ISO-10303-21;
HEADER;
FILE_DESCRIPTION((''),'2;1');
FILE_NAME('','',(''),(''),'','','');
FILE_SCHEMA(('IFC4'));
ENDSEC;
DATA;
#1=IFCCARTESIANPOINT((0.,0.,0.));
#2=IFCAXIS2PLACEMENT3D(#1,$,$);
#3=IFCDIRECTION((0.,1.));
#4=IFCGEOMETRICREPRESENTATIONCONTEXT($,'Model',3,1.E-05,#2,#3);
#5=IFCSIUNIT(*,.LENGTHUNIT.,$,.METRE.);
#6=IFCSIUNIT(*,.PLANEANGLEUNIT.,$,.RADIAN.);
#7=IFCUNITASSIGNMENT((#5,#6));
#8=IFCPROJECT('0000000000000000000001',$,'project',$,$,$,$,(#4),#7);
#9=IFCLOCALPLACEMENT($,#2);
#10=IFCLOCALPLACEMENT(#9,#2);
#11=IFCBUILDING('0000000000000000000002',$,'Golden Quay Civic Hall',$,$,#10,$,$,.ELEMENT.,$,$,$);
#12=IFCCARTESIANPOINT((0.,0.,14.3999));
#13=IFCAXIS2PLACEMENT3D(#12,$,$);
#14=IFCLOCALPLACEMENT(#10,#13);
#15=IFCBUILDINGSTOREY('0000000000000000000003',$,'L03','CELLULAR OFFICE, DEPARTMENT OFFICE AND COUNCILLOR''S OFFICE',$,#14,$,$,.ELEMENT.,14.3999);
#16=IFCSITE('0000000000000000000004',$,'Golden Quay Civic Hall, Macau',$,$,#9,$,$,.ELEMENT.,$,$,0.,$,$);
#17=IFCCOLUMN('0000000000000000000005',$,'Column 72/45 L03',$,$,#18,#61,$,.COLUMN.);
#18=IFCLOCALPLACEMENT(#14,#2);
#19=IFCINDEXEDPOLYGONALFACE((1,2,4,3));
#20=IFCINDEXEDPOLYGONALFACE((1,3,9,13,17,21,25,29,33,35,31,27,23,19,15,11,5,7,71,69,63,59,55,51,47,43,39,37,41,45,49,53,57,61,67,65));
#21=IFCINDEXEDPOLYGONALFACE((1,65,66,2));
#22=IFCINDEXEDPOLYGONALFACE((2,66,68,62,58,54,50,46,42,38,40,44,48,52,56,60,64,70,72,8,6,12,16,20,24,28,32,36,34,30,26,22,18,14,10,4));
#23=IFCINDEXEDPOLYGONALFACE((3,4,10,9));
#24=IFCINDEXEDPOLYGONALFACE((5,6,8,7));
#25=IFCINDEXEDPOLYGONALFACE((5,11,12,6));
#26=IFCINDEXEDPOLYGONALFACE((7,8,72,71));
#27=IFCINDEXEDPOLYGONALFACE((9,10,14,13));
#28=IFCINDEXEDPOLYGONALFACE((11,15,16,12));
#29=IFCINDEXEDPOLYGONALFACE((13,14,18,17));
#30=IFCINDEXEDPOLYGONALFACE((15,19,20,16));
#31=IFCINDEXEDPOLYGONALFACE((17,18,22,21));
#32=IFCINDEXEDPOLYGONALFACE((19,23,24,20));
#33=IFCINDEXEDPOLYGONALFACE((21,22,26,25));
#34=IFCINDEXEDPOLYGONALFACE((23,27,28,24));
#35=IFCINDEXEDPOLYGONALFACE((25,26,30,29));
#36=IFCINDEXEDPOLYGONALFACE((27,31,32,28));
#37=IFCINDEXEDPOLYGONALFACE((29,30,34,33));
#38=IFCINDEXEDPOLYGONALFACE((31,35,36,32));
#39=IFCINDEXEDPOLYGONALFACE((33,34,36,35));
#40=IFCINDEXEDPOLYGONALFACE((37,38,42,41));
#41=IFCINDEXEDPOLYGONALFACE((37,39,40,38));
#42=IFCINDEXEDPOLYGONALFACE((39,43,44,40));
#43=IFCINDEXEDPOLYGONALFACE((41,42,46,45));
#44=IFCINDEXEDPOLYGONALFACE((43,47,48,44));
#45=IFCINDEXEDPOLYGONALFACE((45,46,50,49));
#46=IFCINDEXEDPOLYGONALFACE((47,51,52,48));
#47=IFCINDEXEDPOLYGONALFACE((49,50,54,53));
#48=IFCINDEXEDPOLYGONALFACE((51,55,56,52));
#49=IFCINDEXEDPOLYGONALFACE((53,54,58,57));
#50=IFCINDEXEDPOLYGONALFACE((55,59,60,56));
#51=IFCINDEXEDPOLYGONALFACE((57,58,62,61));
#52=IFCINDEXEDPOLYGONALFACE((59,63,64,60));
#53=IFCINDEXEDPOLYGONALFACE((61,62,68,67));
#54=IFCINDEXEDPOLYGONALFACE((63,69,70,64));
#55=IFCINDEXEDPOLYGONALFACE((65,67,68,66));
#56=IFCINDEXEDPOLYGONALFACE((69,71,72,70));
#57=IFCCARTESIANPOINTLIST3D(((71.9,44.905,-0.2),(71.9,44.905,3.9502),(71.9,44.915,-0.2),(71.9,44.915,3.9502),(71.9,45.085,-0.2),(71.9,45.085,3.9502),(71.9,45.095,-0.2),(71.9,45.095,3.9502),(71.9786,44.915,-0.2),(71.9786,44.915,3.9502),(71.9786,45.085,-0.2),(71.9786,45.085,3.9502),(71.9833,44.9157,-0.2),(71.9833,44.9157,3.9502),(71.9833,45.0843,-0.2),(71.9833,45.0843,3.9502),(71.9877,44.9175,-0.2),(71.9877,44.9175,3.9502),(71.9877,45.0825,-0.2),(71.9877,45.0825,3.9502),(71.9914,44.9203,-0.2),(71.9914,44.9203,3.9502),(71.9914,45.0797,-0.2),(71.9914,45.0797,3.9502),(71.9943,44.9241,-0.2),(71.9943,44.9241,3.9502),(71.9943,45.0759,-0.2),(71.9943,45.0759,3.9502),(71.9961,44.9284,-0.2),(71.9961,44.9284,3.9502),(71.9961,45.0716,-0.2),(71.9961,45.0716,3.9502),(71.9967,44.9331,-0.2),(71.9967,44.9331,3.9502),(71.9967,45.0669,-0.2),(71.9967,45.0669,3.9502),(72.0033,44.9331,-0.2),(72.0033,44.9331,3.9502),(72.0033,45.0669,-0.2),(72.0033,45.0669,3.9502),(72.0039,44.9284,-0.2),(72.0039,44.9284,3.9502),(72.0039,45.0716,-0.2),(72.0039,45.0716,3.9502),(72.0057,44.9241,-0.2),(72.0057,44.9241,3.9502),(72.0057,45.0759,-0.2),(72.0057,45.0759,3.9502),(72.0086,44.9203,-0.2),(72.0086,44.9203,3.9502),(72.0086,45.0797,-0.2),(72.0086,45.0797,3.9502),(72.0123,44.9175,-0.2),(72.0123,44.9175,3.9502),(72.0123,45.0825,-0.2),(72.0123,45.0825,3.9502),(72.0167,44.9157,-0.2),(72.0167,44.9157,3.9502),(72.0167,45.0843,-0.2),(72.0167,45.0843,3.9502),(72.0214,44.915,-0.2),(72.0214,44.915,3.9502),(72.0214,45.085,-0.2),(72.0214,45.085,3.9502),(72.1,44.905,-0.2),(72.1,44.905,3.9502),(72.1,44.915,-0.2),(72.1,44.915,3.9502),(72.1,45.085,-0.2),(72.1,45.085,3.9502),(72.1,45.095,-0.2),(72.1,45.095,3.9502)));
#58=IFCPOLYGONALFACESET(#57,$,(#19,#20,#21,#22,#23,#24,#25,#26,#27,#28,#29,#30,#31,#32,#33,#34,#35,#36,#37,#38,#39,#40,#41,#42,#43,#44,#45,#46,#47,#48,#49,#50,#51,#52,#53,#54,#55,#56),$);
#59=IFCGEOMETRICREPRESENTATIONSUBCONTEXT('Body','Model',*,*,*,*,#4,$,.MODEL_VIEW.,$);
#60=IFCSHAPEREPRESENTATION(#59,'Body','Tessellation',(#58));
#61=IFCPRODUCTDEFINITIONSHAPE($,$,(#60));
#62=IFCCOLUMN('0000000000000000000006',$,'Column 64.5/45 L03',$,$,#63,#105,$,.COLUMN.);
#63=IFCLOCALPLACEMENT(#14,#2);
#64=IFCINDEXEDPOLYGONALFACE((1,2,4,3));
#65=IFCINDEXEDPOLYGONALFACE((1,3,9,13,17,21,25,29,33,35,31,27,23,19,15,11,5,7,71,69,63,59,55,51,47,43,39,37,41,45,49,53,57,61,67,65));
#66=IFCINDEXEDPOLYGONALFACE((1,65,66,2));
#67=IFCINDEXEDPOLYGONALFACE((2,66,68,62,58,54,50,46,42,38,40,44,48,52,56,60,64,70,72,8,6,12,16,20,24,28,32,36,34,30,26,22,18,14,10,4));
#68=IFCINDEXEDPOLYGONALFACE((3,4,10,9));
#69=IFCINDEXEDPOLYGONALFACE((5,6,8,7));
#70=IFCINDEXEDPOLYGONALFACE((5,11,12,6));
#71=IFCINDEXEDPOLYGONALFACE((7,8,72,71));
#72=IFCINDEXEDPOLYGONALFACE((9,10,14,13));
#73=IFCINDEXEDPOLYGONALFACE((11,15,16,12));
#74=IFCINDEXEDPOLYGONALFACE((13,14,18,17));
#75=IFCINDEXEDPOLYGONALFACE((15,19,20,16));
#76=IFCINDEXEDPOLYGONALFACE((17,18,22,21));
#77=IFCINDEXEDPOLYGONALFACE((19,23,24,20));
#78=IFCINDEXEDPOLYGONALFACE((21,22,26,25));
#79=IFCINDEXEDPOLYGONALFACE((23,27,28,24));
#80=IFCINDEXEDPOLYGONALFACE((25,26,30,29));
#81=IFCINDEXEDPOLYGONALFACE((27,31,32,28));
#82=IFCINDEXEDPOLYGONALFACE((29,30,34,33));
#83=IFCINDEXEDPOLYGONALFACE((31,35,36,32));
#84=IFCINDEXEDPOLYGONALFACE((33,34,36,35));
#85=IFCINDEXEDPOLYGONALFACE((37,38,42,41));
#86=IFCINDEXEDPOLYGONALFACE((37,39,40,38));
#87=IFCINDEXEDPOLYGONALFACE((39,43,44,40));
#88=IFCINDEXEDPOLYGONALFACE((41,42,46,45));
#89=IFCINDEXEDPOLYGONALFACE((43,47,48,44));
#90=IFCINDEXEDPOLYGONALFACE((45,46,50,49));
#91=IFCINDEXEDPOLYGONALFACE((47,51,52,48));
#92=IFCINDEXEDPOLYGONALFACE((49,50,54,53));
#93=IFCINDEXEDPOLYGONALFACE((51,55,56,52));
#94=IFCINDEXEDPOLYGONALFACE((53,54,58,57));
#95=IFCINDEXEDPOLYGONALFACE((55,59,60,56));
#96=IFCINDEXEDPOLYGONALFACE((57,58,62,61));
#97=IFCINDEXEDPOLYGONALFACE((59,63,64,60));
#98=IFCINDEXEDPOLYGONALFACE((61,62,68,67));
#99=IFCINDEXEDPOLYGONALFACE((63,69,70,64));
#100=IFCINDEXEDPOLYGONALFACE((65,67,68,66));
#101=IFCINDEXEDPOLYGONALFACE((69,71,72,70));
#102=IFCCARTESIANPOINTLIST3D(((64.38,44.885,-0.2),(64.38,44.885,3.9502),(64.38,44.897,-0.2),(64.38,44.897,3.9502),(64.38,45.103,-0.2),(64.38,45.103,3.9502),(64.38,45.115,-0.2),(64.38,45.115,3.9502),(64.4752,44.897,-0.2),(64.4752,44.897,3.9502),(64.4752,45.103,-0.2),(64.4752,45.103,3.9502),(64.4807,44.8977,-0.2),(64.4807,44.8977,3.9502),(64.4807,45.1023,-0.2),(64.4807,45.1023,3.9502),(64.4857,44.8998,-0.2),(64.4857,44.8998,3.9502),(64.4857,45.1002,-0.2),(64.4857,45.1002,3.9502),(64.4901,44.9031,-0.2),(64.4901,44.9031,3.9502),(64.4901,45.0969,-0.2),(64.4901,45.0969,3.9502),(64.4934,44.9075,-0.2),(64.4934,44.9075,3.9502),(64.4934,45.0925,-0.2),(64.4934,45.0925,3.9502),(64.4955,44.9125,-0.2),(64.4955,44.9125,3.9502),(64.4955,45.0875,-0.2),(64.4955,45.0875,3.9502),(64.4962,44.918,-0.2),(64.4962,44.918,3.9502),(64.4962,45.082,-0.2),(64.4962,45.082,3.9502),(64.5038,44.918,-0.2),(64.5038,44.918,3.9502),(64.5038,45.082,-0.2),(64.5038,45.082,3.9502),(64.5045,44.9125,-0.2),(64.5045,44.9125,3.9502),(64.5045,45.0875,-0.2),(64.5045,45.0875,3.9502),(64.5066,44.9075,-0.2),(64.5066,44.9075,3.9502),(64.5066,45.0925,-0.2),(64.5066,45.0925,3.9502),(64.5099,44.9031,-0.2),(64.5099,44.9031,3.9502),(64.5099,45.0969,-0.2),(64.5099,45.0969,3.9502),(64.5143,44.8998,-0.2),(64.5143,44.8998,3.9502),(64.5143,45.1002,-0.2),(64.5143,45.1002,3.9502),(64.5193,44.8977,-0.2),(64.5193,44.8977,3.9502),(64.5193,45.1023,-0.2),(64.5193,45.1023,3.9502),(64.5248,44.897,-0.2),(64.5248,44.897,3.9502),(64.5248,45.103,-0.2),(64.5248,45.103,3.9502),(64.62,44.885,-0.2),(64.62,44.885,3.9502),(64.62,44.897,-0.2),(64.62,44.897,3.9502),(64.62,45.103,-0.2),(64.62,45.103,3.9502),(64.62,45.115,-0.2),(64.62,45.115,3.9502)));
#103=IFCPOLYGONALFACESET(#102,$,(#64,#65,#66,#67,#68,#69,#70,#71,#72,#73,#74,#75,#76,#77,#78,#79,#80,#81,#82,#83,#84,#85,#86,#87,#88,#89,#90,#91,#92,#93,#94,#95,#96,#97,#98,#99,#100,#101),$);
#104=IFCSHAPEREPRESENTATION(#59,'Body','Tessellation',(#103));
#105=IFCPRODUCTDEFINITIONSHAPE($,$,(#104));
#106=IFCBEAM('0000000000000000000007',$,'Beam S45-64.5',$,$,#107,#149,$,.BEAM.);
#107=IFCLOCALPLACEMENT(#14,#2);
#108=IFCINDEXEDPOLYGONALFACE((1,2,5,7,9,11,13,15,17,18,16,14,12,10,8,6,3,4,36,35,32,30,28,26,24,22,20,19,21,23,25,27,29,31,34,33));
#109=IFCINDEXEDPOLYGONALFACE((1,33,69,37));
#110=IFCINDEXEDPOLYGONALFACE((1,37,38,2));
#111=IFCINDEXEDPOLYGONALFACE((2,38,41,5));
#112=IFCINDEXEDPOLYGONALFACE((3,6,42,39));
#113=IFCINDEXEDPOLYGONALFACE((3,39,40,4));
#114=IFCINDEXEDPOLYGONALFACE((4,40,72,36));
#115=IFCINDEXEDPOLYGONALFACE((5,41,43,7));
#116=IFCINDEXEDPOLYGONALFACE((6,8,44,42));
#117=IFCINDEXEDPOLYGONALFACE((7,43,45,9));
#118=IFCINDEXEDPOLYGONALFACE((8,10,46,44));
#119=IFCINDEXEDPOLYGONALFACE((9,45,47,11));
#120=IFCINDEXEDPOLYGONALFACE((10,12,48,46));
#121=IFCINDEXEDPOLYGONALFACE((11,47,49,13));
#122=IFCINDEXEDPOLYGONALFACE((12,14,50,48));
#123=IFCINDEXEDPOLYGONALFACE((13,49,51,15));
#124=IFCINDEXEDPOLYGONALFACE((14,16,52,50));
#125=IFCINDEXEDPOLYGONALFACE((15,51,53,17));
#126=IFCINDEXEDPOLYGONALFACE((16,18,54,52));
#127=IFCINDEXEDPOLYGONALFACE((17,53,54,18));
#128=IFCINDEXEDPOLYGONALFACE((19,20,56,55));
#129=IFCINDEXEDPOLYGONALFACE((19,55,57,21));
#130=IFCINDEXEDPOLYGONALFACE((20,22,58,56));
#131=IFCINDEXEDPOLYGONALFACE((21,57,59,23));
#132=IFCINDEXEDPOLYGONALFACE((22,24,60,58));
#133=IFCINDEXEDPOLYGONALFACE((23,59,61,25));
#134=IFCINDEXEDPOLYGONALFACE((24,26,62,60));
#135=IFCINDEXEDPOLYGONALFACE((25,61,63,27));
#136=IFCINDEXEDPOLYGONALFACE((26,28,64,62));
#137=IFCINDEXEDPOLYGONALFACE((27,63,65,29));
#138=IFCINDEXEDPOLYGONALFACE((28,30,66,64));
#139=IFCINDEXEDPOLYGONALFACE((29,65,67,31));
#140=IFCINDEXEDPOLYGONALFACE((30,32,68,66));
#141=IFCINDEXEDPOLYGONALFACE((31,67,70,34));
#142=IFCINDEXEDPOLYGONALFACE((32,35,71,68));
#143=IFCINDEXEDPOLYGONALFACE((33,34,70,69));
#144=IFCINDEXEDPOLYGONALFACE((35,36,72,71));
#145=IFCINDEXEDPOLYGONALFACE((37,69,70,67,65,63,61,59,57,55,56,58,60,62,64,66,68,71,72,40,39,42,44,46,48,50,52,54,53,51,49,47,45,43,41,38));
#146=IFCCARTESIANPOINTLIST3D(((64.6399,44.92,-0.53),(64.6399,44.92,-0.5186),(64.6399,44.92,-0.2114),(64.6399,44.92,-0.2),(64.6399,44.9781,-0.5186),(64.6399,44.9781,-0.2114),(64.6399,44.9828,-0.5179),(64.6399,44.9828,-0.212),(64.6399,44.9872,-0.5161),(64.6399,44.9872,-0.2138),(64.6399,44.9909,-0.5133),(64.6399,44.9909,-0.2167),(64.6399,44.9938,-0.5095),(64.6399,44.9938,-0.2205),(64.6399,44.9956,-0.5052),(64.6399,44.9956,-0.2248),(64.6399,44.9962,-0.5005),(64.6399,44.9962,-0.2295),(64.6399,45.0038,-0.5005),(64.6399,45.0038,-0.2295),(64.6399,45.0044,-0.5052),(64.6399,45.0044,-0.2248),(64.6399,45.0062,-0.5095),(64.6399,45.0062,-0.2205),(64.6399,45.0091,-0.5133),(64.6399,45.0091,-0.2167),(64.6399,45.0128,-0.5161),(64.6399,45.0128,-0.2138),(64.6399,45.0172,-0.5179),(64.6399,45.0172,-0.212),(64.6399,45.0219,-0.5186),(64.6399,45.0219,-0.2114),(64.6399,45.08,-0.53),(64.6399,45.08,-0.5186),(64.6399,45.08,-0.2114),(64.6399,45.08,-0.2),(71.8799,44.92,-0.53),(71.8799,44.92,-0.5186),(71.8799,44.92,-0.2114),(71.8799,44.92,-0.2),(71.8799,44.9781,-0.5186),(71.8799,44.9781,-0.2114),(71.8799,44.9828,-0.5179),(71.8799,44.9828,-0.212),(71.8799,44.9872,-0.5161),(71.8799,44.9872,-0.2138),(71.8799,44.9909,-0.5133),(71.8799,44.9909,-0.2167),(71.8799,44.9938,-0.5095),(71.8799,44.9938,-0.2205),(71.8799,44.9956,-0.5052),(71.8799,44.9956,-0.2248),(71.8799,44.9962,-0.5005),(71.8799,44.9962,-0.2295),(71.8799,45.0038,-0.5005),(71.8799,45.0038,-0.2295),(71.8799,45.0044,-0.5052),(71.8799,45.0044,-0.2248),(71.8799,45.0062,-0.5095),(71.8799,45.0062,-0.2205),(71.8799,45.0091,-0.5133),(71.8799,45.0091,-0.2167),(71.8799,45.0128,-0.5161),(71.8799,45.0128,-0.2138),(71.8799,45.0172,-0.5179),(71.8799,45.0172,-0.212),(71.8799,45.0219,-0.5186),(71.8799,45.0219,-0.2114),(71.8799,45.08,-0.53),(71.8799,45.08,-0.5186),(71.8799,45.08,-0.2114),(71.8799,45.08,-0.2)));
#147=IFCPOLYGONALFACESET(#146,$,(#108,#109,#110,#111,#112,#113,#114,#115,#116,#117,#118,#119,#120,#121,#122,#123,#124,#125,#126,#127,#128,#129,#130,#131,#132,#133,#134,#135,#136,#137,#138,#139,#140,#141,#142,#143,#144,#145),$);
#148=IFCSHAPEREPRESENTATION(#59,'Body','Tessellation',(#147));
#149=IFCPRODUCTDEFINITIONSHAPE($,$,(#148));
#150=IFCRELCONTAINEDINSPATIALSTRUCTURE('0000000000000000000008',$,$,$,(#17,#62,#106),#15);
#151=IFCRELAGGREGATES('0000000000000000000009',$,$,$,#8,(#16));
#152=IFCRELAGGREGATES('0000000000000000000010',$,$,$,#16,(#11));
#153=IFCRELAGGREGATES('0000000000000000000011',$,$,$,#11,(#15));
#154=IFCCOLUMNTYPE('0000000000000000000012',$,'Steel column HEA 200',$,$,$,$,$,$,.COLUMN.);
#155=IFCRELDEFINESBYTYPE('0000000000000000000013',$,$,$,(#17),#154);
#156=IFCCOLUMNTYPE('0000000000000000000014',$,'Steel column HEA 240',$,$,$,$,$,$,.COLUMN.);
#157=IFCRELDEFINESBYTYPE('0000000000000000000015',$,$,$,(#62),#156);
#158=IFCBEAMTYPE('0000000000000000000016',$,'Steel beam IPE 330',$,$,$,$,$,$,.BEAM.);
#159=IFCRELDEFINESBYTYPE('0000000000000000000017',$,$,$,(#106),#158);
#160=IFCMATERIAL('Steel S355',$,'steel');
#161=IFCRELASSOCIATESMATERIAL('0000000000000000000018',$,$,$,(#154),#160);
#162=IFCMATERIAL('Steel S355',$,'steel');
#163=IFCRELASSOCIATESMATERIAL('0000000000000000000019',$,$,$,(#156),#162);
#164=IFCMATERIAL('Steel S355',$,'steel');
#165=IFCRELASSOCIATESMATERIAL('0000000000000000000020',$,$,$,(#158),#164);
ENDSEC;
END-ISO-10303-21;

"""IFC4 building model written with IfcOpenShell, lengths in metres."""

from ifc_helpers import new_model, si_unit, direction, frame, origin, origin_2d, place, context, subcontext, project, spatial, i_section, extrude, material, material_profile, profile_set, type_object, element, save


model = new_model("IFC4")

# Units and contexts
model_context = context("Model", 3, precision=1e-05, world=origin(), true_north=direction((0.0, 1.0)))
body_context = subcontext(model_context, "Body", "Model", "MODEL_VIEW")
ifc_project = project(units=[si_unit("LENGTHUNIT", "METRE"), si_unit("PLANEANGLEUNIT", "RADIAN")], contexts=[model_context])

# Site, building, storey
site_placement = place(None, origin())
site = spatial("IfcSite", under=ifc_project, at=site_placement, Name="Golden Quay Civic Hall, Macau", CompositionType="ELEMENT", RefElevation=0.0)
building_placement = place(site_placement, origin())
building = spatial("IfcBuilding", under=site, at=building_placement, Name="Golden Quay Civic Hall", CompositionType="ELEMENT")
storey_placement = place(building_placement, frame((0.0, 0.0, 14.3999)))
storey = spatial("IfcBuildingStorey", under=building, at=storey_placement, Name="L03", Description="CELLULAR OFFICE, DEPARTMENT OFFICE AND COUNCILLOR'S OFFICE", CompositionType="ELEMENT", Elevation=14.3999)

# Columns
ifc_material_1 = material(Name="Steel S355", Category="steel")
ifc_material_profile_1 = material_profile(ifc_material_1, i_section(OverallWidth=0.2, OverallDepth=0.1899, WebThickness=0.0066, FlangeThickness=0.01, FilletRadius=0.0181, at=origin_2d()), Name="HEA 200")
ifc_profile_set_1 = profile_set([ifc_material_profile_1], Name="Steel S355")
column_type_1 = type_object("IfcColumnType", Name="Steel column HEA 200", PredefinedType="COLUMN", material=ifc_profile_set_1)
column_1_placement = place(storey_placement, frame((72.0, 45.0, -0.2), z_axis=(0.0, 0.0, 1.0), x_axis=(1.0, 0.0, 0.0)))
element("IfcColumn", 1, at=column_1_placement, inside=storey, type_object=column_type_1, Name="Column 72/45 L03", PredefinedType="COLUMN", context=body_context, shape_type="SweptSolid", body=[
    extrude(i_section(OverallWidth=0.2, OverallDepth=0.1899, WebThickness=0.0066, FlangeThickness=0.01, FilletRadius=0.0181, at=origin_2d()), origin(), (0.0, 0.0, 1.0), 4.1501),
])
ifc_material_2 = material(Name="Steel S355", Category="steel")
ifc_material_profile_2 = material_profile(ifc_material_2, i_section(OverallWidth=0.24, OverallDepth=0.23, WebThickness=0.0076, FlangeThickness=0.012, FilletRadius=0.021, at=origin_2d()), Name="HEA 240")
ifc_profile_set_2 = profile_set([ifc_material_profile_2], Name="Steel S355")
column_type_2 = type_object("IfcColumnType", Name="Steel column HEA 240", PredefinedType="COLUMN", material=ifc_profile_set_2)
column_2_placement = place(storey_placement, frame((64.5, 45.0, -0.2), z_axis=(0.0, 0.0, 1.0), x_axis=(1.0, 0.0, 0.0)))
element("IfcColumn", 2, at=column_2_placement, inside=storey, type_object=column_type_2, Name="Column 64.5/45 L03", PredefinedType="COLUMN", context=body_context, shape_type="SweptSolid", body=[
    extrude(i_section(OverallWidth=0.24, OverallDepth=0.23, WebThickness=0.0076, FlangeThickness=0.012, FilletRadius=0.021, at=origin_2d()), origin(), (0.0, 0.0, 1.0), 4.1501),
])

# Beam
ifc_material_3 = material(Name="Steel S355", Category="steel")
ifc_material_profile_3 = material_profile(ifc_material_3, i_section(OverallWidth=0.1599, OverallDepth=0.3301, WebThickness=0.0076, FlangeThickness=0.0115, FilletRadius=0.0181, at=origin_2d()), Name="IPE 330")
ifc_profile_set_3 = profile_set([ifc_material_profile_3], Name="Steel S355")
beam_type_1 = type_object("IfcBeamType", Name="Steel beam IPE 330", PredefinedType="BEAM", material=ifc_profile_set_3)
beam_1_placement = place(storey_placement, frame((64.6399, 45.0, -0.365), z_axis=(1.0, 0.0, 0.0), x_axis=(0.0, 1.0, 0.0)))
element("IfcBeam", 3, at=beam_1_placement, inside=storey, type_object=beam_type_1, Name="Beam S45-64.5", PredefinedType="BEAM", context=body_context, shape_type="SweptSolid", body=[
    extrude(i_section(OverallWidth=0.1599, OverallDepth=0.3301, WebThickness=0.0076, FlangeThickness=0.0115, FilletRadius=0.0181, at=origin_2d()), origin(), (0.0, 0.0, 1.0), 7.24),
])

save(model, "model.ifc")
